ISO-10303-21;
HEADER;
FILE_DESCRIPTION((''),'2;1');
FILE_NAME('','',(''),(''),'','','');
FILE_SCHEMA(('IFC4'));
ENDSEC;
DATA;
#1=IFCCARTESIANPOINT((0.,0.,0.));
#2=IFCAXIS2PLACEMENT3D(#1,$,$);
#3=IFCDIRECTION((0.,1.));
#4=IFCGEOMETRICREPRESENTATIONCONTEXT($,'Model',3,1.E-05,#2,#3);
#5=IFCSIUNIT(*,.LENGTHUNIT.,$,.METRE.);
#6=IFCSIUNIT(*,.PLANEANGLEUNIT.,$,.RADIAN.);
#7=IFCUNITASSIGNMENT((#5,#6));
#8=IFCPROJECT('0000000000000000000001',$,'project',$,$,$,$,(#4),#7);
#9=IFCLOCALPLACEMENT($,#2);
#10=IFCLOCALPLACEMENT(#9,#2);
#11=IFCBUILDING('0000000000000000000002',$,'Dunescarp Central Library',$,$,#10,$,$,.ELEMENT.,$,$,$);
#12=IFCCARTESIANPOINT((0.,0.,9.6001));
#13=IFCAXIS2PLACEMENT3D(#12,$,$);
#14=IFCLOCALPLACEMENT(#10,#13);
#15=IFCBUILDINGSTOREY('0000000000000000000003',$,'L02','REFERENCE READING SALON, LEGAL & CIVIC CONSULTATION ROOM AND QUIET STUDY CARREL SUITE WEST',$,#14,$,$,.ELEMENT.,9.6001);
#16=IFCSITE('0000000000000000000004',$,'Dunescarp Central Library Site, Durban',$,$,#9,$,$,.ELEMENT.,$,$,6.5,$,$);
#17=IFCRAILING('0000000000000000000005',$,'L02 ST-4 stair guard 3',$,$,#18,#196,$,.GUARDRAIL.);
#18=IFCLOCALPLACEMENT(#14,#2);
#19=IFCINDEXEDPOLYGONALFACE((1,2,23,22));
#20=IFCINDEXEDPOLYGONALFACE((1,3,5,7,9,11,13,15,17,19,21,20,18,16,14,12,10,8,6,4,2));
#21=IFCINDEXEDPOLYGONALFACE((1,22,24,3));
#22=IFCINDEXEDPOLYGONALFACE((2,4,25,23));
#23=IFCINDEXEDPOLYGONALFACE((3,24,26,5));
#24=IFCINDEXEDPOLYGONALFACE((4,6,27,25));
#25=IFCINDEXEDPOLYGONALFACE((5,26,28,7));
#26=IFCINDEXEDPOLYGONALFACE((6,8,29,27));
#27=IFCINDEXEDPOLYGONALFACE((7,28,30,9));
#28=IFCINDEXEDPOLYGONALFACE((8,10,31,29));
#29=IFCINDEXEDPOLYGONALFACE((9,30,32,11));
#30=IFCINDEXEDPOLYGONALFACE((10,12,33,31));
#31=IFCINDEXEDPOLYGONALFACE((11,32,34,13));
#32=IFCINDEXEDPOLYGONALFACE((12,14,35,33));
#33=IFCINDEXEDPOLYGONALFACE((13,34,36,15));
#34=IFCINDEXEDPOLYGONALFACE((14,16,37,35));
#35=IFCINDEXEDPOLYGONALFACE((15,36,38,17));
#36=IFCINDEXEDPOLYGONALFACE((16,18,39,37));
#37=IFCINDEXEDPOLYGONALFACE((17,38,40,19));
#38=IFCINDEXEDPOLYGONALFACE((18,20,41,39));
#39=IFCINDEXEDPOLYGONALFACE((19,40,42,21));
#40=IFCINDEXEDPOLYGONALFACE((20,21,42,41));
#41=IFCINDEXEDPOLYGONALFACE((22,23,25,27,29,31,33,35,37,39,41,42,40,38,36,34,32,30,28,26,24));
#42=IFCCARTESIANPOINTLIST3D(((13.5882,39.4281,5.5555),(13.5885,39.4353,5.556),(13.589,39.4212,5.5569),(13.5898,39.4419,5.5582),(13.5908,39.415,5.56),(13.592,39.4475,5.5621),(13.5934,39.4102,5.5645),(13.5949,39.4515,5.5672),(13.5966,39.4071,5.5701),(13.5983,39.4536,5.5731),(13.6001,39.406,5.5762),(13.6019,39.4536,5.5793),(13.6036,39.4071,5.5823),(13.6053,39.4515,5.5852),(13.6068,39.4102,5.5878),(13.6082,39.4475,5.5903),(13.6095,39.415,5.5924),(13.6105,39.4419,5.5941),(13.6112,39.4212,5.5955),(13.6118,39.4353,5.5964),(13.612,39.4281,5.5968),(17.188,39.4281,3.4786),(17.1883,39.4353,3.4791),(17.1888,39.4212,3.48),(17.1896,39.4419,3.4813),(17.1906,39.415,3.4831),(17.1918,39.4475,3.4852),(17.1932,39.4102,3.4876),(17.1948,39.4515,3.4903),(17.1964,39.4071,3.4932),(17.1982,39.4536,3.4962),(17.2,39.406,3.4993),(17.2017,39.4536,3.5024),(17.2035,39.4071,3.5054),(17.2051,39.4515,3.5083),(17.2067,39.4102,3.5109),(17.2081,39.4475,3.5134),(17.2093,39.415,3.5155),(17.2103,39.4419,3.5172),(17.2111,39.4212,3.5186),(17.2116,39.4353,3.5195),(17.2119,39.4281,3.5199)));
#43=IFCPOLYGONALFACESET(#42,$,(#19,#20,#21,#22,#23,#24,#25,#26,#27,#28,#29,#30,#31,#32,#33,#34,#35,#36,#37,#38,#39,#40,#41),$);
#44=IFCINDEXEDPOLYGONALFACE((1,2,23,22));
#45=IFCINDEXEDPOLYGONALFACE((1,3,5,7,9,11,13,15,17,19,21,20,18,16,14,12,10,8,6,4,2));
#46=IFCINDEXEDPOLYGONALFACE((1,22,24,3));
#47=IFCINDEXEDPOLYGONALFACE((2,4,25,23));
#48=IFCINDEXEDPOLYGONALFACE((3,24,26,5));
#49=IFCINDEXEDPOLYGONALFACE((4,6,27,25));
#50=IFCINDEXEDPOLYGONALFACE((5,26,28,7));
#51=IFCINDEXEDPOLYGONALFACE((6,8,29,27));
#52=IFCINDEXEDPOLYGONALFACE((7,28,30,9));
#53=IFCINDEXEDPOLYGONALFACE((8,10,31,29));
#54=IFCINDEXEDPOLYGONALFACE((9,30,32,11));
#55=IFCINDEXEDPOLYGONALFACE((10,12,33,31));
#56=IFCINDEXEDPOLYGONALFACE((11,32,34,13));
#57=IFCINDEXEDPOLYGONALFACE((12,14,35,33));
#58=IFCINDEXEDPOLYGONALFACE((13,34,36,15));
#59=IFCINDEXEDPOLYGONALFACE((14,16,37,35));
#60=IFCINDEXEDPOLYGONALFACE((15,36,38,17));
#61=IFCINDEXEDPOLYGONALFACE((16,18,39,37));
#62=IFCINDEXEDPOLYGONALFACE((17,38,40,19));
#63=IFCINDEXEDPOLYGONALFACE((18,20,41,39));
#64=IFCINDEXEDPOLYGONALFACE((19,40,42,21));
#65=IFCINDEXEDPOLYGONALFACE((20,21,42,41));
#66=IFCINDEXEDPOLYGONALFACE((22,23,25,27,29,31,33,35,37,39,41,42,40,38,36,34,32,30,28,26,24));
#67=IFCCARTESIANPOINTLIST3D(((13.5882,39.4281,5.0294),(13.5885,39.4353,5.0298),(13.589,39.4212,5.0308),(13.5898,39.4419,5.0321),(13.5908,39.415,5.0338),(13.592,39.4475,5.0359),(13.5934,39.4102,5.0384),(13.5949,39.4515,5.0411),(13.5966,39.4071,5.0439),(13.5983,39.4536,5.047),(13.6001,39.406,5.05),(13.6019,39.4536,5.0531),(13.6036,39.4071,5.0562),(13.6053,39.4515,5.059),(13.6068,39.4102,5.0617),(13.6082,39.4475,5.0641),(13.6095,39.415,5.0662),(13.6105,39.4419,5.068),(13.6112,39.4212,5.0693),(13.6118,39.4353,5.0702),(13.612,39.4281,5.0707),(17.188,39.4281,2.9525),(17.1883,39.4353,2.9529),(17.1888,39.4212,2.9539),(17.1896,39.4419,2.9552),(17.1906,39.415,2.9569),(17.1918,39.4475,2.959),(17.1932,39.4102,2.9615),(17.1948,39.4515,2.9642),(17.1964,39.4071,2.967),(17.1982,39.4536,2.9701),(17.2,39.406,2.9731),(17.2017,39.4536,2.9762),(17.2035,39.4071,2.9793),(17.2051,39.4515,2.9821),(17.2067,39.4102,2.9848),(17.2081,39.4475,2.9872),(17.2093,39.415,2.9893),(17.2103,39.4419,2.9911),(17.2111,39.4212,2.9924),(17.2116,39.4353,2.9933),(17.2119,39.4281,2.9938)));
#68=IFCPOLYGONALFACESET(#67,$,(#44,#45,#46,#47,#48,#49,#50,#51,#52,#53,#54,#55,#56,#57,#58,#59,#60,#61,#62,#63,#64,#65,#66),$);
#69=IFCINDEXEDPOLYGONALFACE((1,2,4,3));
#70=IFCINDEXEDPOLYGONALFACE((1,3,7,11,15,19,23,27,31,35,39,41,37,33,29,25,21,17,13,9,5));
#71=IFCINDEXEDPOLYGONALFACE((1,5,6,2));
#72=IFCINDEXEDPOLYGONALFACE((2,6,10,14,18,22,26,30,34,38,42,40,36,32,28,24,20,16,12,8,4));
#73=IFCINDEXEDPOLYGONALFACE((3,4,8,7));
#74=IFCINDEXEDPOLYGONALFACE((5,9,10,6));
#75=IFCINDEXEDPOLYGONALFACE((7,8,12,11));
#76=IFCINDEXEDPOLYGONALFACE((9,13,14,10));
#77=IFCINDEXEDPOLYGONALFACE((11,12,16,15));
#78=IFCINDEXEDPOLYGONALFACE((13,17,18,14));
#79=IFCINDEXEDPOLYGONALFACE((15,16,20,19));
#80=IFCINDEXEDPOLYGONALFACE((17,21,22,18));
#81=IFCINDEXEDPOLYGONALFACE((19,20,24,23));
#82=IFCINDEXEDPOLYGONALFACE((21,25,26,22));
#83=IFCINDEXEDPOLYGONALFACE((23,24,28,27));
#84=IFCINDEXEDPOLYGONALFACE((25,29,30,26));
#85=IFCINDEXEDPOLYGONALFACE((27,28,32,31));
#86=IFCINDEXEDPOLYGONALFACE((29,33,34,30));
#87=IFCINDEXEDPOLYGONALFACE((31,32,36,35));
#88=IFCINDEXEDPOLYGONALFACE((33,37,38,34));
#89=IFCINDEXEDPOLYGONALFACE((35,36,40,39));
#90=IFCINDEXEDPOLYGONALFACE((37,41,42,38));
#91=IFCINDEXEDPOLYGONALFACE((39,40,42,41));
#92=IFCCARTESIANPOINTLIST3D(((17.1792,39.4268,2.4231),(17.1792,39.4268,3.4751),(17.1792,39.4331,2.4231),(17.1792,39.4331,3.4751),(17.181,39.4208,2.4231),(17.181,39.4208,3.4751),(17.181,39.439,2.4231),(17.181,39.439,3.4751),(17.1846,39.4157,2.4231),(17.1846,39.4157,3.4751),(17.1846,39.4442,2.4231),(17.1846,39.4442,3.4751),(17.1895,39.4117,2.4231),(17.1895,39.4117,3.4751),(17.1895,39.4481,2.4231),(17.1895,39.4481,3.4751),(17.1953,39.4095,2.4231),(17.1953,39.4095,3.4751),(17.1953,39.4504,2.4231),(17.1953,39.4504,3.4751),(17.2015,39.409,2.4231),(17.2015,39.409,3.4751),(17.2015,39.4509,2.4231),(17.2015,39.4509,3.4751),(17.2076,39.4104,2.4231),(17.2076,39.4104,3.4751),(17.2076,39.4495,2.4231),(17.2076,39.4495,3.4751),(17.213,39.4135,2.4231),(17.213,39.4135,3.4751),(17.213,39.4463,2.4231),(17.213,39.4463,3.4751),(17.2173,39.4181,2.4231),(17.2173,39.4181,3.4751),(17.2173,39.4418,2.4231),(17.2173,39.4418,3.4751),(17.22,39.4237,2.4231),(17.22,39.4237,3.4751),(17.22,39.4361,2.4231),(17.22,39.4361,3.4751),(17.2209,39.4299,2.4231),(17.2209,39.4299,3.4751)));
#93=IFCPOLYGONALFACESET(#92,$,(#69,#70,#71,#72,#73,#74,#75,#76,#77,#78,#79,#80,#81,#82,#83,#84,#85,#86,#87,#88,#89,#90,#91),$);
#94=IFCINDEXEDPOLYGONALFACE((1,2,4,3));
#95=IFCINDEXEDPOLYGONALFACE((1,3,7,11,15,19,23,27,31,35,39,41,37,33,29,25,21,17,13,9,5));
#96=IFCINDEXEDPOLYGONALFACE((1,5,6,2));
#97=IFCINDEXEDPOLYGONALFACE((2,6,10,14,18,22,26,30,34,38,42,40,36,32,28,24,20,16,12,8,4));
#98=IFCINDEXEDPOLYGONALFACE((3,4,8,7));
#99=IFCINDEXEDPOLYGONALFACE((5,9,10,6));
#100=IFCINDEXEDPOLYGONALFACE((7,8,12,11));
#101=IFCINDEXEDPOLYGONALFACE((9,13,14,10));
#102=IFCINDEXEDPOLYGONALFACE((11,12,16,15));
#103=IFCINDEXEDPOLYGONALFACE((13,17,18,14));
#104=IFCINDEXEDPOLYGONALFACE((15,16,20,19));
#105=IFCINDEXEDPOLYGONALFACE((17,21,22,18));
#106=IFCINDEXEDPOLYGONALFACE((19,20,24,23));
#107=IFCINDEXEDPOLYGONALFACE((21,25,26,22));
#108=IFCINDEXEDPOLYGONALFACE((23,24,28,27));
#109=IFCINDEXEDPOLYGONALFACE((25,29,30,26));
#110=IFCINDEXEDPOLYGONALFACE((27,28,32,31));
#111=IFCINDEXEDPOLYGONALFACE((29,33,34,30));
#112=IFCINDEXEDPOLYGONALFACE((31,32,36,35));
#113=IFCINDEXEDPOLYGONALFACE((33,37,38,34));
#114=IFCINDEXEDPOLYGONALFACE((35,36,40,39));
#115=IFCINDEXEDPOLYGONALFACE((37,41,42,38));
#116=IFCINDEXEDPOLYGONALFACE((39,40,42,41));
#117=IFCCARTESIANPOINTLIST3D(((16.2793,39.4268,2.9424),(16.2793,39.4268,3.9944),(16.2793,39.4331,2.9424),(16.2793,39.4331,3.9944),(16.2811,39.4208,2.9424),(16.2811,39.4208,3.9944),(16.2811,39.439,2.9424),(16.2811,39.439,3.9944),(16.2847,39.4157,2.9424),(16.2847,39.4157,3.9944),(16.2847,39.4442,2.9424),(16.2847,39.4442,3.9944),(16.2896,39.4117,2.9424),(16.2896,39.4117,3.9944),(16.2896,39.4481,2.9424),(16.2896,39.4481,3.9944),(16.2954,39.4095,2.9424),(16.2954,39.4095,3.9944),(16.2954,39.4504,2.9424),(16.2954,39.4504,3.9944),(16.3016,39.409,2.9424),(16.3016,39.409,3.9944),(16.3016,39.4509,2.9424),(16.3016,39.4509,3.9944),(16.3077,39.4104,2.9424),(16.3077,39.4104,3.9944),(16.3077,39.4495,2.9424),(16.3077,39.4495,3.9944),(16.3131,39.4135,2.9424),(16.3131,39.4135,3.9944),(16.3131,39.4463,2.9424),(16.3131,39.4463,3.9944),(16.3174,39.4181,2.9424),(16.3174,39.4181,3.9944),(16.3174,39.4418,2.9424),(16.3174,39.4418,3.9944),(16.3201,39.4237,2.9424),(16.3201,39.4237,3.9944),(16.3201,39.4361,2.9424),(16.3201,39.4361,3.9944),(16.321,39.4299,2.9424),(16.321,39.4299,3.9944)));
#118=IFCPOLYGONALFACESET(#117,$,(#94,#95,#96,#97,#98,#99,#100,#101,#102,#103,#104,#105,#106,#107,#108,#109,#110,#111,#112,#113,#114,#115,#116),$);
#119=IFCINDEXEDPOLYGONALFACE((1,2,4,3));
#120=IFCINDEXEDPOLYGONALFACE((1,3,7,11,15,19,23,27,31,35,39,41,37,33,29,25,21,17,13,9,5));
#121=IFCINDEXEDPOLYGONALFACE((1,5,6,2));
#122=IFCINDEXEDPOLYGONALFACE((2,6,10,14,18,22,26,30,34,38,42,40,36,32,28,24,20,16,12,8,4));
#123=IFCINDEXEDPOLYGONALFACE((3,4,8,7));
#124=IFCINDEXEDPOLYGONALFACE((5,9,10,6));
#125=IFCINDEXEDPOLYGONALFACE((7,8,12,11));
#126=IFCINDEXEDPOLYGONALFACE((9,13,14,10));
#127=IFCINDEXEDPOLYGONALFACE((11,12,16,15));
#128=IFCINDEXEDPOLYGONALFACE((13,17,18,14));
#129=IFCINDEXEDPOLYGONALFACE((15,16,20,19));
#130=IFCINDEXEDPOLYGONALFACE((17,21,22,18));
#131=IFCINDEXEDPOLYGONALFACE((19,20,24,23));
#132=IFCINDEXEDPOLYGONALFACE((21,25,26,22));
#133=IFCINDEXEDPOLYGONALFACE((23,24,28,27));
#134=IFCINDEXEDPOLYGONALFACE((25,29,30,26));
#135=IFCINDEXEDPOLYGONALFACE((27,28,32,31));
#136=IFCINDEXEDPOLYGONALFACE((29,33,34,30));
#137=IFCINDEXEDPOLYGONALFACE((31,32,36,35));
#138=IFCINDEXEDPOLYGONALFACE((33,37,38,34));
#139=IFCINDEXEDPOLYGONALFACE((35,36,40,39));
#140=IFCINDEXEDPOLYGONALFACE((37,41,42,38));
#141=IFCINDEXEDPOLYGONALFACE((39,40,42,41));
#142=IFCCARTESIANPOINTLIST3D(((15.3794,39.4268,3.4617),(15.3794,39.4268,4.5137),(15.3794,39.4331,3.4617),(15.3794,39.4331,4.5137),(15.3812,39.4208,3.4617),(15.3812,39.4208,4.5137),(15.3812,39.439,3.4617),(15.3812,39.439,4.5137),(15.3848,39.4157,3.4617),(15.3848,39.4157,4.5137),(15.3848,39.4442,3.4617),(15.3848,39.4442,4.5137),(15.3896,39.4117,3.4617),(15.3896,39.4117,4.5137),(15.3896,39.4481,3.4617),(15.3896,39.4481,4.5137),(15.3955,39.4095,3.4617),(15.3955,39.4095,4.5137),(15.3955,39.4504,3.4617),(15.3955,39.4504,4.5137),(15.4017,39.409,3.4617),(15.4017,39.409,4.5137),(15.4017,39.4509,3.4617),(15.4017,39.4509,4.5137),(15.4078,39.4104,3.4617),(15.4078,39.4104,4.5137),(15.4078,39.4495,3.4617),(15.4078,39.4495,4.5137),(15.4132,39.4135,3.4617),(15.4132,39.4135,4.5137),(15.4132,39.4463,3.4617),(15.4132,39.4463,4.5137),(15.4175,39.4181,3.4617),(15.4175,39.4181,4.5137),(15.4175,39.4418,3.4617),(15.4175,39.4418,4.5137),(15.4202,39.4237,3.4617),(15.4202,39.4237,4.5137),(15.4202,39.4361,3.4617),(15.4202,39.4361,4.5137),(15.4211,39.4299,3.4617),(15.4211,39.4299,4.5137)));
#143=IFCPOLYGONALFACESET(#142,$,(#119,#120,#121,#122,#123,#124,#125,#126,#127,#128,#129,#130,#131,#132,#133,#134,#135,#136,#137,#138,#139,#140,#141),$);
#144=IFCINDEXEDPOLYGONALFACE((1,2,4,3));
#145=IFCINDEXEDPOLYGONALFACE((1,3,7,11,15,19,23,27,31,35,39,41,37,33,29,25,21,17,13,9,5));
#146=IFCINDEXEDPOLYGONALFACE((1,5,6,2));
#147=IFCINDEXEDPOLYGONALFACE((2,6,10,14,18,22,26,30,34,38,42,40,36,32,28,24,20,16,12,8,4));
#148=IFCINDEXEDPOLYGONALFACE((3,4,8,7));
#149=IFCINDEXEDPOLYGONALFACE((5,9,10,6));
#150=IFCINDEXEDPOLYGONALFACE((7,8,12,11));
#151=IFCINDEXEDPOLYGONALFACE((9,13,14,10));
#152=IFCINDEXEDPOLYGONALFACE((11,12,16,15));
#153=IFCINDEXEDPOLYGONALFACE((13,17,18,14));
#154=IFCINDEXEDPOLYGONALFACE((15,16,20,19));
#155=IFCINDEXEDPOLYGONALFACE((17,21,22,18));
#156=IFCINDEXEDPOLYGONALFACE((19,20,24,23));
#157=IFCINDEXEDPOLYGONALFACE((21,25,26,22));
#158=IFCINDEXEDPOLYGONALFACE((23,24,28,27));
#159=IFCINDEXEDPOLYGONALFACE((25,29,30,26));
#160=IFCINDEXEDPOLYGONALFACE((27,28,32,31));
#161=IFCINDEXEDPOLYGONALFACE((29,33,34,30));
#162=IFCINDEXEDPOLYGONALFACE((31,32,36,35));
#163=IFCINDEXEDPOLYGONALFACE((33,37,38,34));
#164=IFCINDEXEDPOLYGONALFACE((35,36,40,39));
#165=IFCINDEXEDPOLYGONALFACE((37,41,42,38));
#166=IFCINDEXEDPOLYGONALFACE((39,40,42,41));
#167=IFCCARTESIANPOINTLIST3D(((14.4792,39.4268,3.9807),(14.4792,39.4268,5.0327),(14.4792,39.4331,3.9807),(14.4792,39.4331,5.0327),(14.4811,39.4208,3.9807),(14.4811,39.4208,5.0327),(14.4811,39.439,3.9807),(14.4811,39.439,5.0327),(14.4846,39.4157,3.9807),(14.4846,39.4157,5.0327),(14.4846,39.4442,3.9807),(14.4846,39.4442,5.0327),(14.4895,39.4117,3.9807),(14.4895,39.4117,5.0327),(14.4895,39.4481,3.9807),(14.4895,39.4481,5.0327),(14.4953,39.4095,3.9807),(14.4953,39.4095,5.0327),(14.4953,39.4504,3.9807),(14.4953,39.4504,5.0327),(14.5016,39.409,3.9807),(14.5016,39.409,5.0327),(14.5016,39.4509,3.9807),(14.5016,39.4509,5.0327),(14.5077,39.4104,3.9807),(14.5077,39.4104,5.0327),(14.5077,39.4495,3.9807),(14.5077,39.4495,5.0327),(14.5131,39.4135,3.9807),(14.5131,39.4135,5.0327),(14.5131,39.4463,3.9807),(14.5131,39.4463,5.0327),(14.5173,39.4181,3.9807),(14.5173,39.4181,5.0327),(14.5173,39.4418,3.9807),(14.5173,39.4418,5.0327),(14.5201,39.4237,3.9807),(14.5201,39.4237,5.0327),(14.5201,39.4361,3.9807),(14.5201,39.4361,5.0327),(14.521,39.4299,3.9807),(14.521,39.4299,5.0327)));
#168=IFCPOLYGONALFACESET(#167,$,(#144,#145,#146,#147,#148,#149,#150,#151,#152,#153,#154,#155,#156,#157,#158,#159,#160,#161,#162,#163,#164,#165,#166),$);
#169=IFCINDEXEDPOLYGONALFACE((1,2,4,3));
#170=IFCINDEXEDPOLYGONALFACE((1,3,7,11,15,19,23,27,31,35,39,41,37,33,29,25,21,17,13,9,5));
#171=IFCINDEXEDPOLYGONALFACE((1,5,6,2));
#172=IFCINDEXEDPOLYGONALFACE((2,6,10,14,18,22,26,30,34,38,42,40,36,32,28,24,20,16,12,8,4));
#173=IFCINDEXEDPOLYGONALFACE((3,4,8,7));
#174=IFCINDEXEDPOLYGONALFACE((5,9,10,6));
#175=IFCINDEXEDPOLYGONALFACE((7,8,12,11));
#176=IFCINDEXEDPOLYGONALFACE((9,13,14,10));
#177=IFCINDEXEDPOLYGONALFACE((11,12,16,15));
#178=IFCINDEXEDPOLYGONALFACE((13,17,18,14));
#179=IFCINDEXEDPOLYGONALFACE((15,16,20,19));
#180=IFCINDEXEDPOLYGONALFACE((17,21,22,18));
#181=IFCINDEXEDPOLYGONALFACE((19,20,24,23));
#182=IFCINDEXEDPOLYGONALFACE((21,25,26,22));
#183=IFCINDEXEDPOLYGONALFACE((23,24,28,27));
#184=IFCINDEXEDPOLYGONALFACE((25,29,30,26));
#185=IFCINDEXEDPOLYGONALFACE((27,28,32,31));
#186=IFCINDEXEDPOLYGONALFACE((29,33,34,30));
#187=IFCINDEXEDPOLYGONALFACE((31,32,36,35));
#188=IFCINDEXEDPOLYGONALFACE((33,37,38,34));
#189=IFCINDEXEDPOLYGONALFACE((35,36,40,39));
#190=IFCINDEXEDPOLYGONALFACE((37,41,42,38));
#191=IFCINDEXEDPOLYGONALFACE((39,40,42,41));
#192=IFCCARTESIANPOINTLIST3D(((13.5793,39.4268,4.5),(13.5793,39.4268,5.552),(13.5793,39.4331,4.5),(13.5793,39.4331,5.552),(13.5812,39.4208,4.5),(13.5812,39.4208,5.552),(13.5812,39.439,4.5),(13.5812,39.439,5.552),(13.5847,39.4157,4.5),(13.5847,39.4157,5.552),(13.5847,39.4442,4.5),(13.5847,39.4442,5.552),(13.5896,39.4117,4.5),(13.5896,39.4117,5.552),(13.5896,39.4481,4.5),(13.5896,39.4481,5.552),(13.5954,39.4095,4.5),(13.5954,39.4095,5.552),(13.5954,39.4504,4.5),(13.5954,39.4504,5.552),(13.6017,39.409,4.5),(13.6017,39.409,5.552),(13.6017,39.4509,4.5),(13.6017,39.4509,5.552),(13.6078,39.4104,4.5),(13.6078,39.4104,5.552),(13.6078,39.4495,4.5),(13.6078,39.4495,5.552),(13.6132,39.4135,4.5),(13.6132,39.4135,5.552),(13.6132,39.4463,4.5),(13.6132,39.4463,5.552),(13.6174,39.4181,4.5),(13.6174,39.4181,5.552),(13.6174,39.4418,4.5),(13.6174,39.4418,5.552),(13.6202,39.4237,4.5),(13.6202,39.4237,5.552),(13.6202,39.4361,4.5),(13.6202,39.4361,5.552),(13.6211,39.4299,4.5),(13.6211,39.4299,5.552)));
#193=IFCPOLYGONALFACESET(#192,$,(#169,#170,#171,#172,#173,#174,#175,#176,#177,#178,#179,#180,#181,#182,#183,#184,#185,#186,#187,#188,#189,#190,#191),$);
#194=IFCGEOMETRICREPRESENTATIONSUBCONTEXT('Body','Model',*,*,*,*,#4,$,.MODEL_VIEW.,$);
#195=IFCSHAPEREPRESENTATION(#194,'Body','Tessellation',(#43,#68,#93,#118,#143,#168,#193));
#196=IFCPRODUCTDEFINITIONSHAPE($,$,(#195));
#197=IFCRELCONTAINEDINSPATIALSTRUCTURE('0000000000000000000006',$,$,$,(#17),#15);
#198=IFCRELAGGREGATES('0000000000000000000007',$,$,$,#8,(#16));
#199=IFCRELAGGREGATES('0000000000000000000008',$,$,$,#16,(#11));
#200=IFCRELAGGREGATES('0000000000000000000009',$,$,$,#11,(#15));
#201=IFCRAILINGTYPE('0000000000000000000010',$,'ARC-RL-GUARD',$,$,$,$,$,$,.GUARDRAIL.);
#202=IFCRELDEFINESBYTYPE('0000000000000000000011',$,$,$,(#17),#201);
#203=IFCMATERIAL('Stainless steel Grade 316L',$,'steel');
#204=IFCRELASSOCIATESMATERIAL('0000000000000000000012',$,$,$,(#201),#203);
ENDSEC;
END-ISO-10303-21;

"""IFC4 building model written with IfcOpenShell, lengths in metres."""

from ifc_helpers import new_model, si_unit, direction, frame, origin, origin_2d, place, context, subcontext, project, spatial, circle, extrude, material, type_object, element, save


model = new_model("IFC4")

# Units and contexts
model_context = context("Model", 3, precision=1e-05, world=origin(), true_north=direction((0.0, 1.0)))
body_context = subcontext(model_context, "Body", "Model", "MODEL_VIEW")
ifc_project = project(units=[si_unit("LENGTHUNIT", "METRE"), si_unit("PLANEANGLEUNIT", "RADIAN")], contexts=[model_context])

# Site, building, storey
site_placement = place(None, origin())
site = spatial("IfcSite", under=ifc_project, at=site_placement, Name="Dunescarp Central Library Site, Durban", CompositionType="ELEMENT", RefElevation=6.5)
building_placement = place(site_placement, origin())
building = spatial("IfcBuilding", under=site, at=building_placement, Name="Dunescarp Central Library", CompositionType="ELEMENT")
storey_placement = place(building_placement, frame((0.0, 0.0, 9.6001)))
storey = spatial("IfcBuildingStorey", under=building, at=storey_placement, Name="L02", Description="REFERENCE READING SALON, LEGAL & CIVIC CONSULTATION ROOM AND QUIET STUDY CARREL SUITE WEST", CompositionType="ELEMENT", Elevation=9.6001)

# Railing
ifc_material_1 = material(Name="Stainless steel Grade 316L", Category="steel")
railing_type_1 = type_object("IfcRailingType", Name="ARC-RL-GUARD", PredefinedType="GUARDRAIL", material=ifc_material_1)
railing_1_placement = place(storey_placement, frame((17.2, 39.4299, 2.4231)))
element("IfcRailing", 1, at=railing_1_placement, inside=storey, type_object=railing_type_1, Name="L02 ST-4 stair guard 3", PredefinedType="GUARDRAIL", context=body_context, shape_type="SweptSolid", body=[
    extrude(circle(Radius=0.0239, at=origin_2d()), frame((0.0, 0.0, 1.0762), z_axis=(-0.866179, 0.0, 0.499734), x_axis=(0.0, -1.0, 0.0)), (0.0, 0.0, 1.0), 4.156),
    extrude(circle(Radius=0.0239, at=origin_2d()), frame((0.0, 0.0, 0.55), z_axis=(-0.866179, 0.0, 0.499734), x_axis=(0.0, -1.0, 0.0)), (0.0, 0.0, 1.0), 4.156),
    extrude(circle(Radius=0.021, at=origin_2d()), origin(), (0.0, 0.0, 1.0), 1.052),
    extrude(circle(Radius=0.021, at=origin_2d()), frame((-0.8999, 0.0, 0.5193)), (0.0, 0.0, 1.0), 1.052),
    extrude(circle(Radius=0.021, at=origin_2d()), frame((-1.7998, 0.0, 1.0386)), (0.0, 0.0, 1.0), 1.052),
    extrude(circle(Radius=0.021, at=origin_2d()), frame((-2.7, 0.0, 1.5576)), (0.0, 0.0, 1.0), 1.052),
    extrude(circle(Radius=0.021, at=origin_2d()), frame((-3.5999, 0.0, 2.0769)), (0.0, 0.0, 1.0), 1.052),
])

save(model, "model.ifc")
